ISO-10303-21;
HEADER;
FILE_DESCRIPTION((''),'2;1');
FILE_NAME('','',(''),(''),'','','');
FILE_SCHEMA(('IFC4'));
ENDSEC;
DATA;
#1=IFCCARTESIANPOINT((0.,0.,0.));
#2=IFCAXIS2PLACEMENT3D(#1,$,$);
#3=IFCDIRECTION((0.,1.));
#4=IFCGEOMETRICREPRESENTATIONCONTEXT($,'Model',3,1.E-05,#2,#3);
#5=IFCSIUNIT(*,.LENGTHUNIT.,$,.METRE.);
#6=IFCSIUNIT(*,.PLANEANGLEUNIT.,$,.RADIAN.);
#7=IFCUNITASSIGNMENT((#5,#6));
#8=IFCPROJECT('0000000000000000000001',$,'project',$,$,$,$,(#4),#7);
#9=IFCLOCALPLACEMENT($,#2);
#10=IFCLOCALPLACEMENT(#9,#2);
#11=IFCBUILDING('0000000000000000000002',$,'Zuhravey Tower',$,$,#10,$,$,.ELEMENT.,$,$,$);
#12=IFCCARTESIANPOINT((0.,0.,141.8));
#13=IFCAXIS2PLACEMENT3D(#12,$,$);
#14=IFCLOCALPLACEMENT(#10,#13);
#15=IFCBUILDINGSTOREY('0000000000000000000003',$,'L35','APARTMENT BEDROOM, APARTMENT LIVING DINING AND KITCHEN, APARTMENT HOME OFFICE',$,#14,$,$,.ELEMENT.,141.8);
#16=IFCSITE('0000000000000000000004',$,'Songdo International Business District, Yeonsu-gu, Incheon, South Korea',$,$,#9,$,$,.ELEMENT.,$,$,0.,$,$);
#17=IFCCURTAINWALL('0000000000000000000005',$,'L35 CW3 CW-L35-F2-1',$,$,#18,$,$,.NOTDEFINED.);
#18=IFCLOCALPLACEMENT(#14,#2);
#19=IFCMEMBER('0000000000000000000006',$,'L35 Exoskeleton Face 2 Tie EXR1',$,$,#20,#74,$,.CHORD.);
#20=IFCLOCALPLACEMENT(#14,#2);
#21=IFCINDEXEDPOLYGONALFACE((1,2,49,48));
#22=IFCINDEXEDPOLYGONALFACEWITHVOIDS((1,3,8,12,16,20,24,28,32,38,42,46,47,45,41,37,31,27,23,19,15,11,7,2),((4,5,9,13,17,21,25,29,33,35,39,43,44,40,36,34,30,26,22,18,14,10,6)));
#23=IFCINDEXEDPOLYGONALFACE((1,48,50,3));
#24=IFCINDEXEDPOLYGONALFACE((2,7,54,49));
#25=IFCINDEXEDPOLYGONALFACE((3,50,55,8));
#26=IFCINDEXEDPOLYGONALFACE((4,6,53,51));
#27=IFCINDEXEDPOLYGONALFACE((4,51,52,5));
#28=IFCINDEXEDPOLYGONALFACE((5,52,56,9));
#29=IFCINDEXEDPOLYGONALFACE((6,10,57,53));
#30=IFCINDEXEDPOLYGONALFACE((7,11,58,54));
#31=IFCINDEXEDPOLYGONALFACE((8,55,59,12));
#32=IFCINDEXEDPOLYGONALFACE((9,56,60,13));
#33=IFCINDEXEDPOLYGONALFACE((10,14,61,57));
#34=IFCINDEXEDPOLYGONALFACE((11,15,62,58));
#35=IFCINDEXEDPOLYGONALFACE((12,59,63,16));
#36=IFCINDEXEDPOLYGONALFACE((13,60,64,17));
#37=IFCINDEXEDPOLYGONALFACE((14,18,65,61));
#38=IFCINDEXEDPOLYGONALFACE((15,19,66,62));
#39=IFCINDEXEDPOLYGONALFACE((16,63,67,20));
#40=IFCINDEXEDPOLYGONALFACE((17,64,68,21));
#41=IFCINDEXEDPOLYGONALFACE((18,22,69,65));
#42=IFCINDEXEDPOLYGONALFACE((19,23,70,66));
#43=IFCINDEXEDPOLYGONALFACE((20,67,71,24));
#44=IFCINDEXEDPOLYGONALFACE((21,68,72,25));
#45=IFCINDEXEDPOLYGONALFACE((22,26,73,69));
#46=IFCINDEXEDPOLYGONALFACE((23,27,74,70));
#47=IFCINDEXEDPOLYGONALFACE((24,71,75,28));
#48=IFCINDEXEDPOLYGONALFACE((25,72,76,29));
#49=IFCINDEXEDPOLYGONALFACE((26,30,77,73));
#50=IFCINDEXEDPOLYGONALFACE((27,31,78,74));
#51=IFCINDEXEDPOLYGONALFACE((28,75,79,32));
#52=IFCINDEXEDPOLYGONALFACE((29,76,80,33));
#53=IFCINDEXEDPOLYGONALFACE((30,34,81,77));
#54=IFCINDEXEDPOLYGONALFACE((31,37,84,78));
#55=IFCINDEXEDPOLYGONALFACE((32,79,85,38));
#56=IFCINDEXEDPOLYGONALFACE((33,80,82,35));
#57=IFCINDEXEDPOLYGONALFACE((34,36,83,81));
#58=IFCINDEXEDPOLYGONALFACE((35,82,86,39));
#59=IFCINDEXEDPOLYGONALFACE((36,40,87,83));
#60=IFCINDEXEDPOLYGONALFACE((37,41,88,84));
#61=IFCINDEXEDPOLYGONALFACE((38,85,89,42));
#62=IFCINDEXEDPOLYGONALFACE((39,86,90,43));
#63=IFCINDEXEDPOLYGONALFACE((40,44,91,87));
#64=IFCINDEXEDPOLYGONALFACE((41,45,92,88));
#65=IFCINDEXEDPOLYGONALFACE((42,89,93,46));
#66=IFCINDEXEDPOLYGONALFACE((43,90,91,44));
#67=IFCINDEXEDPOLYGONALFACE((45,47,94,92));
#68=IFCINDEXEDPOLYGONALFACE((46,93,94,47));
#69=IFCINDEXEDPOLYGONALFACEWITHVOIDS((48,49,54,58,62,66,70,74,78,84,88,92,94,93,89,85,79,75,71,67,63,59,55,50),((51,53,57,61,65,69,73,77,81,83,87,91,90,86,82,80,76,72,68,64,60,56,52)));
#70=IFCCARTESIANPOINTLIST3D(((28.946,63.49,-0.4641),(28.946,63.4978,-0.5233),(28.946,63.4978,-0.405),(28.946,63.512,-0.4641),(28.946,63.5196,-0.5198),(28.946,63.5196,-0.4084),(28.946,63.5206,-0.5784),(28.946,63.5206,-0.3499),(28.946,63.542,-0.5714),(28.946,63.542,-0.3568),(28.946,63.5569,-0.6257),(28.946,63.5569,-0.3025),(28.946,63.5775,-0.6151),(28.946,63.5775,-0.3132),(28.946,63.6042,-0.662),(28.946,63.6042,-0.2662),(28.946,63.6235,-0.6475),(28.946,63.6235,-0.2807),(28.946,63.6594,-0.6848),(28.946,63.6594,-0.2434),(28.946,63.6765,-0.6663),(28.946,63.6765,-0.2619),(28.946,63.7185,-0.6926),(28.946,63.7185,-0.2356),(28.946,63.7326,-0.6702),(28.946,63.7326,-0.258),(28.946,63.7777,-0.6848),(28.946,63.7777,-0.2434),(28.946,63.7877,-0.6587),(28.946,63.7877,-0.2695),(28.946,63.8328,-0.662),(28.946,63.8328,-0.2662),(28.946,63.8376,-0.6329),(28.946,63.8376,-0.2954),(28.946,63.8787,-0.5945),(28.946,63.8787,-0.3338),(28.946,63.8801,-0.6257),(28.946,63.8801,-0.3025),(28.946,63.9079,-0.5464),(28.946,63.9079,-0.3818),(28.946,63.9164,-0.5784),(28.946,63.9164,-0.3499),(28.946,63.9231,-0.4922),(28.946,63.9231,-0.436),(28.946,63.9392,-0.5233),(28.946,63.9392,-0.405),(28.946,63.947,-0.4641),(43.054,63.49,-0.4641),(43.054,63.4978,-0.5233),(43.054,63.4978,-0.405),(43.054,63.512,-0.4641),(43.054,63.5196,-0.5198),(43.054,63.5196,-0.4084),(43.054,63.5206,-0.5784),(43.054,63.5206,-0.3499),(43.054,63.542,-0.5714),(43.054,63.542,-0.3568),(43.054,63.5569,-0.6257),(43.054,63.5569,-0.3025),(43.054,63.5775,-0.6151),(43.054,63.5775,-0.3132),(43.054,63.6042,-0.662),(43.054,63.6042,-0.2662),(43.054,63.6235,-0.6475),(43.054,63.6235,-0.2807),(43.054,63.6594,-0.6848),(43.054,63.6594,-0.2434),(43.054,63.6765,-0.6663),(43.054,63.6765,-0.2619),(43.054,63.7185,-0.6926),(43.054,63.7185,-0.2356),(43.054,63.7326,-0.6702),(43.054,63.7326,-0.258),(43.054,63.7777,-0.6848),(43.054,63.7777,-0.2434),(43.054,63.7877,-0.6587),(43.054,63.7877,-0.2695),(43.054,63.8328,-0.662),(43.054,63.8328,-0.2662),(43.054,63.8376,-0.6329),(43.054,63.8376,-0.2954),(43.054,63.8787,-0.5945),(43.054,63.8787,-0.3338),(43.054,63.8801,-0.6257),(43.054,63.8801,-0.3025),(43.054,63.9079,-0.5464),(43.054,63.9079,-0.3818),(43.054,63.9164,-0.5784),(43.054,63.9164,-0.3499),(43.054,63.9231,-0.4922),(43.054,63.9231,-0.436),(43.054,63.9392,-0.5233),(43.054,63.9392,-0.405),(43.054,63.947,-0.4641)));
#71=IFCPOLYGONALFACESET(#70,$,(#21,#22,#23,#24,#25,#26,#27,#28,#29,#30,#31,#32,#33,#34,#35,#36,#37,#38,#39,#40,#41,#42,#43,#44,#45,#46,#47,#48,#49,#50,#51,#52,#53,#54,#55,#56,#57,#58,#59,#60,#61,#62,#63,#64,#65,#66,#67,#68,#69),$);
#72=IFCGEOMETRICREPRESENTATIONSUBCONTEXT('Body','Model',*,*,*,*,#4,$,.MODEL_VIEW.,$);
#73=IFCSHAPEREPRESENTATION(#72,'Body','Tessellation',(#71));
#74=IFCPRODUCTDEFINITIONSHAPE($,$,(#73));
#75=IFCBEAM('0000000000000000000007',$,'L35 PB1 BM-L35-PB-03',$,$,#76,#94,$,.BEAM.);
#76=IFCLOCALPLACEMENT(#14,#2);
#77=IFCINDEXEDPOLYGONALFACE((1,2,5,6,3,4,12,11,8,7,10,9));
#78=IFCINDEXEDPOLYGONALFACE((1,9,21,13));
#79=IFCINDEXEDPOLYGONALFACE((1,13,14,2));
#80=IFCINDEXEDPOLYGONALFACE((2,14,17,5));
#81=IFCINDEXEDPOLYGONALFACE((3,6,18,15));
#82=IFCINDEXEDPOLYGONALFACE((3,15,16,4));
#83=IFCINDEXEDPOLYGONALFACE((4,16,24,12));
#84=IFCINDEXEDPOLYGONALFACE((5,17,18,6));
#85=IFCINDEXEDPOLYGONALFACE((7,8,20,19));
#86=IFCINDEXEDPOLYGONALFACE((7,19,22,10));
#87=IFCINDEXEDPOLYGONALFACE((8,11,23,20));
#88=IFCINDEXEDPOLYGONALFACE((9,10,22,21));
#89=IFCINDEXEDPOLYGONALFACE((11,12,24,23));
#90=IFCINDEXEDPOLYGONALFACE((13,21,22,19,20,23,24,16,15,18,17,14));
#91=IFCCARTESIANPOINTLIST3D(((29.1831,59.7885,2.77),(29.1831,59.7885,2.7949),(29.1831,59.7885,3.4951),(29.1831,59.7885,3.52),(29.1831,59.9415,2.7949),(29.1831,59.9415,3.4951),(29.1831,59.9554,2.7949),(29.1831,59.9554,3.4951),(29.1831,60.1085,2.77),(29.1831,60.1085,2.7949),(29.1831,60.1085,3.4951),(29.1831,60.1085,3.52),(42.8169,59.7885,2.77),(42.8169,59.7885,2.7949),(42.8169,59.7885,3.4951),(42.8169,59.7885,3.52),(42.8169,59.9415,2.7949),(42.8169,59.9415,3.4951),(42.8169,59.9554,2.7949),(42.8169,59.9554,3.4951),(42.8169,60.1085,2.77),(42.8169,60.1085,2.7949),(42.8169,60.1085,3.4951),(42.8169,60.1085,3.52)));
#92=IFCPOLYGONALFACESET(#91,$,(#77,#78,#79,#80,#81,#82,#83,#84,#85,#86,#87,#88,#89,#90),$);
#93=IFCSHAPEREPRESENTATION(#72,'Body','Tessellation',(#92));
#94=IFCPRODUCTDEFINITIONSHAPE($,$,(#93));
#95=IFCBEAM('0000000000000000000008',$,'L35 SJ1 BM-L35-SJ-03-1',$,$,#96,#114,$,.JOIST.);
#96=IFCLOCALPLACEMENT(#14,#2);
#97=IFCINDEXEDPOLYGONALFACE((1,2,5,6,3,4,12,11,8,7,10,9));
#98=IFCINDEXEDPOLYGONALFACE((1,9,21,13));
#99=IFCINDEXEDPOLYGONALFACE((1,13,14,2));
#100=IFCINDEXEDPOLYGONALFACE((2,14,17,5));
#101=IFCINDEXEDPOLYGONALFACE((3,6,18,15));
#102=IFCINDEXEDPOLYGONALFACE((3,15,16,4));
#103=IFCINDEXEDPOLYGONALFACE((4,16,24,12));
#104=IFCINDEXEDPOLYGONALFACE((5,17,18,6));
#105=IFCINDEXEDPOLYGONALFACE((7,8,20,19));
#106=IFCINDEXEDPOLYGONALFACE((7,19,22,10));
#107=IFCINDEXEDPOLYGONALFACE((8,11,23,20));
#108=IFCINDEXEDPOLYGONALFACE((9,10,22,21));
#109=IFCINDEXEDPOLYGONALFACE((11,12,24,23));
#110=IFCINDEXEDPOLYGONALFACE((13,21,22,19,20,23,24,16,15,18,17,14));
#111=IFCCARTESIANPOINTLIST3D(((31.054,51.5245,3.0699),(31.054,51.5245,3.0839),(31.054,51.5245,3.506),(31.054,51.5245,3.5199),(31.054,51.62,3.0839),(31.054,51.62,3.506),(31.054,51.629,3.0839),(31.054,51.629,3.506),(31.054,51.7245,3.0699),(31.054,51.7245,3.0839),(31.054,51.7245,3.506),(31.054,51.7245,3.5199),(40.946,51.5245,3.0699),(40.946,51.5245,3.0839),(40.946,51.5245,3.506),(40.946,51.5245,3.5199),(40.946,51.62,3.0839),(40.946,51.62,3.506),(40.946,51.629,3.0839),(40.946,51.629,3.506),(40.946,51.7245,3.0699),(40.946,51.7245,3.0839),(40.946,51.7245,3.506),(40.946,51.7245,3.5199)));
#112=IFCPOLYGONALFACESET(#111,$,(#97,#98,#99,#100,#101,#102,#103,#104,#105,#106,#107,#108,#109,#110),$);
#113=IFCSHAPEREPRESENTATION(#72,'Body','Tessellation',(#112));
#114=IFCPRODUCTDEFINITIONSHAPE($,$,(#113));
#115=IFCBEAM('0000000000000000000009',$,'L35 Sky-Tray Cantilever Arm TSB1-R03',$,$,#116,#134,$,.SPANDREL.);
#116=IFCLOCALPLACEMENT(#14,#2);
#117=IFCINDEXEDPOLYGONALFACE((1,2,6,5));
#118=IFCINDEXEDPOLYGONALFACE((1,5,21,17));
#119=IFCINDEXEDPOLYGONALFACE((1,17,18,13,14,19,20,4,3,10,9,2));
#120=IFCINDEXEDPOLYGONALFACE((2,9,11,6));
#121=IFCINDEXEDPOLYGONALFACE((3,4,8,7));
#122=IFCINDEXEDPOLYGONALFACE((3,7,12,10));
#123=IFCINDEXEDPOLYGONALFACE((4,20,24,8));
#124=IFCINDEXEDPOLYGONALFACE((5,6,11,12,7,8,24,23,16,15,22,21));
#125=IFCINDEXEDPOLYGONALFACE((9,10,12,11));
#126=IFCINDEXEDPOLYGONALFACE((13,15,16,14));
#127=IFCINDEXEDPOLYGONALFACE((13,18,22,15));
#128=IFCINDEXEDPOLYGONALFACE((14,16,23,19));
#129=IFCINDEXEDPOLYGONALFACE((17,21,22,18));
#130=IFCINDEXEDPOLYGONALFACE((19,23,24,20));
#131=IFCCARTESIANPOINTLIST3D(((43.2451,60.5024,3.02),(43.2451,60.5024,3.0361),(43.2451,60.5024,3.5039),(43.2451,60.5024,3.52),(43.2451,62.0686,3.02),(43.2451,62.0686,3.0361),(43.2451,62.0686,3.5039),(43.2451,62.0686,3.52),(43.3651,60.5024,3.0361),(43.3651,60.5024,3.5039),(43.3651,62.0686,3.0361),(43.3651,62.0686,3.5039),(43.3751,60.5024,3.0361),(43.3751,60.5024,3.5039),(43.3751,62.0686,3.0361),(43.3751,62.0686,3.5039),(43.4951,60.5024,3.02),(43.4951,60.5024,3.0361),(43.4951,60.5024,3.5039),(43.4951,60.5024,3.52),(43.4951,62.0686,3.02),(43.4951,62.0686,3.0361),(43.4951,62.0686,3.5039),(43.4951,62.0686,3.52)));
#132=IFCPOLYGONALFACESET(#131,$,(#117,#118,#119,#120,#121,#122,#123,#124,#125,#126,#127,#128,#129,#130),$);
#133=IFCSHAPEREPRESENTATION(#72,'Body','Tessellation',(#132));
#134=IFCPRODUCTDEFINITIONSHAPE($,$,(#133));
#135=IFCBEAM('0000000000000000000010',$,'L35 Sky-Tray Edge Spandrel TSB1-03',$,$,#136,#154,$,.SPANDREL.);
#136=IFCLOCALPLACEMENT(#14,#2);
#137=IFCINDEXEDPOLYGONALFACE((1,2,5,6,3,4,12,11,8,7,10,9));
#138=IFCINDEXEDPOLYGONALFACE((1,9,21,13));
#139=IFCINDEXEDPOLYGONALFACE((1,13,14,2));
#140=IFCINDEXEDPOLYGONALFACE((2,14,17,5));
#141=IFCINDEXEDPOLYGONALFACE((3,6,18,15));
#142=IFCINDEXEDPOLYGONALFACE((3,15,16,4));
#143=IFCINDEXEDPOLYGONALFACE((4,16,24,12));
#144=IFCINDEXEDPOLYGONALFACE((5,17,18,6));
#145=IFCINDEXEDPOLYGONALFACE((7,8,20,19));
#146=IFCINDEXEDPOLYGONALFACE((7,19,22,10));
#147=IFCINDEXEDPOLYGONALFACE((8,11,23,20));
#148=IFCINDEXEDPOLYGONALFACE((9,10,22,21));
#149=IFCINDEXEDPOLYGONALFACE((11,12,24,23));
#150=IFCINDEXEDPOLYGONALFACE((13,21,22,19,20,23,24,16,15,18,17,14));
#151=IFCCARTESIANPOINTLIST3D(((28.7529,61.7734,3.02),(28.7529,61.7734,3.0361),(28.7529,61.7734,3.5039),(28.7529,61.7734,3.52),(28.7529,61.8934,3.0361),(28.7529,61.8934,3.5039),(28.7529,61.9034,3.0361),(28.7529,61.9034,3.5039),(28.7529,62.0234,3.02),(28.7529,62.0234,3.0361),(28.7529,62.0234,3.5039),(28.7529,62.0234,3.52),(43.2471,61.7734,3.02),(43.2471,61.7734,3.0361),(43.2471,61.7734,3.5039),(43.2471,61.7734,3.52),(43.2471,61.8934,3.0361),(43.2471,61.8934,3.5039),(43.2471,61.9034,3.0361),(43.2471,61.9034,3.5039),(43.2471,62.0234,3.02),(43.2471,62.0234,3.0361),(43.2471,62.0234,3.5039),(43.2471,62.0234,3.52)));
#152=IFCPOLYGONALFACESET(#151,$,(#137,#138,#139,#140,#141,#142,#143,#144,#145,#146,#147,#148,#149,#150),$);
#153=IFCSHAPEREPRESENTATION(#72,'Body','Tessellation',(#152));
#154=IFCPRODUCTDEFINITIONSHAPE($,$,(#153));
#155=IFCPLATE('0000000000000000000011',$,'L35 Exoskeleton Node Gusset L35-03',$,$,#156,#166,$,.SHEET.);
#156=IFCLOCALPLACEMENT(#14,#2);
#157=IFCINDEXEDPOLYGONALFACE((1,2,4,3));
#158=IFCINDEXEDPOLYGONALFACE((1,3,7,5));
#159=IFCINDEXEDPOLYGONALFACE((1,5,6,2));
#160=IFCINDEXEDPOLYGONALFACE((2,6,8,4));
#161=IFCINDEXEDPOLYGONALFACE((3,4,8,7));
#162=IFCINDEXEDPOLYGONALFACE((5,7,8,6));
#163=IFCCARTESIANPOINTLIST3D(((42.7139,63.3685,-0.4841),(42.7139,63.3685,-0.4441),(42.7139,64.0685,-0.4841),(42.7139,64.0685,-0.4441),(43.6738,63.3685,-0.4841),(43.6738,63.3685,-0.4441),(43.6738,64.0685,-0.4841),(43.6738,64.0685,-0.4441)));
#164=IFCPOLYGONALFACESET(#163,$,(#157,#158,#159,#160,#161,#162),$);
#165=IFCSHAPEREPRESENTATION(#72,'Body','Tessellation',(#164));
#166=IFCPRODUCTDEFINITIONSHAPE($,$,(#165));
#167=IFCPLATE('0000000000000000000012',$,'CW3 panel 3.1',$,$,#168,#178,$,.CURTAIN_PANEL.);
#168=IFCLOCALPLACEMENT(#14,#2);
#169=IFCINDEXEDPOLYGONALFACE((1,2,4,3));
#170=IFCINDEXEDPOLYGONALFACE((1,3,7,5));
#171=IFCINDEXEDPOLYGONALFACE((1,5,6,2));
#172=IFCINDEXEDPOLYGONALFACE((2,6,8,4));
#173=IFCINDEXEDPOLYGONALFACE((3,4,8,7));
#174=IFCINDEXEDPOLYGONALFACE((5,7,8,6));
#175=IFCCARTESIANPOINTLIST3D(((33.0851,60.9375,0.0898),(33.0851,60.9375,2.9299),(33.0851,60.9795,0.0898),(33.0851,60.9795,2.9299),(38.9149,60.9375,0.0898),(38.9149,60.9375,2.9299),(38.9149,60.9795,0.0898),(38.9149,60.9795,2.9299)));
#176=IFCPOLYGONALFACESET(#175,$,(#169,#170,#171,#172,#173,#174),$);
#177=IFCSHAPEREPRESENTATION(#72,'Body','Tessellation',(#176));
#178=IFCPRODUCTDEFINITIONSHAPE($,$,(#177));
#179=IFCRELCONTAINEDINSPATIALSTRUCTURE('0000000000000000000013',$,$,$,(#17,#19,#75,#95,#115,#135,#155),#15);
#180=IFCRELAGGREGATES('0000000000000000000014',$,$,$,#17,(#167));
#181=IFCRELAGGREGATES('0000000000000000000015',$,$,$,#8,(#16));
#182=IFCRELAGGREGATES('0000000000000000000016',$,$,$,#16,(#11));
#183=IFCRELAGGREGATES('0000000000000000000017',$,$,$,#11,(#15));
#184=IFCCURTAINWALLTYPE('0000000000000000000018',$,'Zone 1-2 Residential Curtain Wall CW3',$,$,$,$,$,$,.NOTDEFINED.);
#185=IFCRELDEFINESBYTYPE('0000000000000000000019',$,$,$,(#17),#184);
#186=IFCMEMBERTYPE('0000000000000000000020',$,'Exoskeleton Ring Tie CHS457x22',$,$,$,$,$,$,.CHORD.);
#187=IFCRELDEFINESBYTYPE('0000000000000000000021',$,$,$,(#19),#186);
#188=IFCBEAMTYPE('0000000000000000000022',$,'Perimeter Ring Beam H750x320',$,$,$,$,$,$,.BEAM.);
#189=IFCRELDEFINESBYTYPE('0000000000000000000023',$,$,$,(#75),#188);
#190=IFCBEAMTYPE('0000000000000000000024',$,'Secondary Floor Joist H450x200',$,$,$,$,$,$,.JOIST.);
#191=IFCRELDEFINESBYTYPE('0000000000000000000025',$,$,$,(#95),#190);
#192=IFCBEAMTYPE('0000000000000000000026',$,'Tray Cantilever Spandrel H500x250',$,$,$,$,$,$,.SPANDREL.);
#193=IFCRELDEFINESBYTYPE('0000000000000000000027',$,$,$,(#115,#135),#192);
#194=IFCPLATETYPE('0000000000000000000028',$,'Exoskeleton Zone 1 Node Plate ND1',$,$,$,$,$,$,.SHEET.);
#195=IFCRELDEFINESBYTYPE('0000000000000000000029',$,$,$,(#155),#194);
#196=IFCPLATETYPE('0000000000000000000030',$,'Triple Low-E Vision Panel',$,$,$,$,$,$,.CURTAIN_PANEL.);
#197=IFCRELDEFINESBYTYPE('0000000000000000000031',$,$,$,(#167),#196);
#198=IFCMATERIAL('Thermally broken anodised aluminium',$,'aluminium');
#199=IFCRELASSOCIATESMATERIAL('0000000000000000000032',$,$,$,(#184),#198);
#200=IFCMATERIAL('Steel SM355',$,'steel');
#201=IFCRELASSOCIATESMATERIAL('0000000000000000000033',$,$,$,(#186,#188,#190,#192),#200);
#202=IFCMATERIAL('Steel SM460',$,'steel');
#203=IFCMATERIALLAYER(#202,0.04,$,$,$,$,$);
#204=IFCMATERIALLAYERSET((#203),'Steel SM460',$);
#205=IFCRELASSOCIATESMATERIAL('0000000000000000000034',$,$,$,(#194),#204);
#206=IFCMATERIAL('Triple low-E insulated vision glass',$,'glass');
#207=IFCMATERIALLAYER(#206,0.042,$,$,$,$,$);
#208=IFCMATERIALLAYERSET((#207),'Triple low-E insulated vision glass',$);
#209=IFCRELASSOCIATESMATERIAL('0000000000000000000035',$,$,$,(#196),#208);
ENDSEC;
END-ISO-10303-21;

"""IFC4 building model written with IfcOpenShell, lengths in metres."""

from ifc_helpers import new_model, si_unit, direction, frame, origin, origin_2d, place, context, subcontext, project, spatial, rectangle, hollow_circle, i_section, extrude, material, layer, layer_set, material_profile, profile_set, type_object, element, aggregate, save


model = new_model("IFC4")

# Units and contexts
model_context = context("Model", 3, precision=1e-05, world=origin(), true_north=direction((0.0, 1.0)))
body_context = subcontext(model_context, "Body", "Model", "MODEL_VIEW")
ifc_project = project(units=[si_unit("LENGTHUNIT", "METRE"), si_unit("PLANEANGLEUNIT", "RADIAN")], contexts=[model_context])

# Site, building, storey
site_placement = place(None, origin())
site = spatial("IfcSite", under=ifc_project, at=site_placement, Name="Songdo International Business District, Yeonsu-gu, Incheon, South Korea", CompositionType="ELEMENT", RefElevation=0.0)
building_placement = place(site_placement, origin())
building = spatial("IfcBuilding", under=site, at=building_placement, Name="Zuhravey Tower", CompositionType="ELEMENT")
storey_placement = place(building_placement, frame((0.0, 0.0, 141.8)))
storey = spatial("IfcBuildingStorey", under=building, at=storey_placement, Name="L35", Description="APARTMENT BEDROOM, APARTMENT LIVING DINING AND KITCHEN, APARTMENT HOME OFFICE", CompositionType="ELEMENT", Elevation=141.8)

# Curtain wall
ifc_material_1 = material(Name="Thermally broken anodised aluminium", Category="aluminium")
curtain_wall_type = type_object("IfcCurtainWallType", Name="Zone 1-2 Residential Curtain Wall CW3", PredefinedType="NOTDEFINED", material=ifc_material_1)
curtain_wall_placement = place(storey_placement, origin())
curtain_wall = element("IfcCurtainWall", 1, at=curtain_wall_placement, inside=storey, type_object=curtain_wall_type, Name="L35 CW3 CW-L35-F2-1", PredefinedType="NOTDEFINED")

# Shared definitions
ifc_material_2 = material(Name="Steel SM460", Category="steel")

# Member
ifc_material_3 = material(Name="Steel SM355", Category="steel")
ifc_material_profile_1 = material_profile(ifc_material_3, hollow_circle(Radius=0.2285, WallThickness=0.022, at=origin_2d()), Name="CHS-457.2x22")
ifc_profile_set_1 = profile_set([ifc_material_profile_1], Name="Steel SM355")
member_type_1 = type_object("IfcMemberType", Name="Exoskeleton Ring Tie CHS457x22", PredefinedType="CHORD", material=ifc_profile_set_1)
member_1_placement = place(storey_placement, frame((43.054, 63.7185, -0.4641), z_axis=(-1.0, 0.0, 0.0), x_axis=(0.0, -1.0, 0.0)))
element("IfcMember", 2, at=member_1_placement, inside=storey, type_object=member_type_1, Name="L35 Exoskeleton Face 2 Tie EXR1", PredefinedType="CHORD", context=body_context, shape_type="SweptSolid", body=[
    extrude(hollow_circle(Radius=0.2285, WallThickness=0.022, at=origin_2d()), origin(), (0.0, 0.0, 1.0), 14.1079),
])

# Beams
ifc_material_profile_2 = material_profile(ifc_material_3, i_section(OverallWidth=0.3201, OverallDepth=0.75, WebThickness=0.0139, FlangeThickness=0.0249, at=origin_2d()), Name="H-750x320x14x25")
ifc_profile_set_2 = profile_set([ifc_material_profile_2], Name="Steel SM355")
beam_type_1 = type_object("IfcBeamType", Name="Perimeter Ring Beam H750x320", PredefinedType="BEAM", material=ifc_profile_set_2)
beam_1_placement = place(storey_placement, frame((42.8169, 59.9485, 3.145), z_axis=(-1.0, 0.0, 0.0), x_axis=(0.0, -1.0, 0.0)))
element("IfcBeam", 3, at=beam_1_placement, inside=storey, type_object=beam_type_1, Name="L35 PB1 BM-L35-PB-03", PredefinedType="BEAM", context=body_context, shape_type="SweptSolid", body=[
    extrude(i_section(OverallWidth=0.3201, OverallDepth=0.75, WebThickness=0.0139, FlangeThickness=0.0249, at=origin_2d()), origin(), (0.0, 0.0, 1.0), 13.6338),
])
ifc_material_profile_3 = material_profile(ifc_material_3, i_section(OverallWidth=0.2, OverallDepth=0.45, WebThickness=0.009, FlangeThickness=0.0139, at=origin_2d()), Name="H-450x200x9x14")
ifc_profile_set_3 = profile_set([ifc_material_profile_3], Name="Steel SM355")
beam_type_2 = type_object("IfcBeamType", Name="Secondary Floor Joist H450x200", PredefinedType="JOIST", material=ifc_profile_set_3)
beam_2_placement = place(storey_placement, frame((40.946, 51.6245, 3.2949), z_axis=(-1.0, 0.0, 0.0), x_axis=(0.0, -1.0, 0.0)))
element("IfcBeam", 4, at=beam_2_placement, inside=storey, type_object=beam_type_2, Name="L35 SJ1 BM-L35-SJ-03-1", PredefinedType="JOIST", context=body_context, shape_type="SweptSolid", body=[
    extrude(i_section(OverallWidth=0.2, OverallDepth=0.45, WebThickness=0.009, FlangeThickness=0.0139, at=origin_2d()), origin(), (0.0, 0.0, 1.0), 9.8921),
])
ifc_material_profile_4 = material_profile(ifc_material_3, i_section(OverallWidth=0.25, OverallDepth=0.5, WebThickness=0.01, FlangeThickness=0.0161, at=origin_2d()), Name="H-500x250x10x16")
ifc_profile_set_4 = profile_set([ifc_material_profile_4], Name="Steel SM355")
beam_type_3 = type_object("IfcBeamType", Name="Tray Cantilever Spandrel H500x250", PredefinedType="SPANDREL", material=ifc_profile_set_4)
beam_3_placement = place(storey_placement, frame((43.3701, 60.5024, 3.27), z_axis=(0.0, 1.0, 0.0), x_axis=(-1.0, 0.0, 0.0)))
element("IfcBeam", 5, at=beam_3_placement, inside=storey, type_object=beam_type_3, Name="L35 Sky-Tray Cantilever Arm TSB1-R03", PredefinedType="SPANDREL", context=body_context, shape_type="SweptSolid", body=[
    extrude(i_section(OverallWidth=0.25, OverallDepth=0.5, WebThickness=0.01, FlangeThickness=0.0161, at=origin_2d()), origin(), (0.0, 0.0, 1.0), 1.5662),
])
beam_4_placement = place(storey_placement, frame((43.2471, 61.8984, 3.27), z_axis=(-1.0, 0.0, 0.0), x_axis=(0.0, -1.0, 0.0)))
element("IfcBeam", 6, at=beam_4_placement, inside=storey, type_object=beam_type_3, Name="L35 Sky-Tray Edge Spandrel TSB1-03", PredefinedType="SPANDREL", context=body_context, shape_type="SweptSolid", body=[
    extrude(i_section(OverallWidth=0.25, OverallDepth=0.5, WebThickness=0.01, FlangeThickness=0.0161, at=origin_2d()), origin(), (0.0, 0.0, 1.0), 14.4941),
])

# Plates
ifc_layer_1 = layer(ifc_material_2, 0.04)
ifc_layer_set_1 = layer_set([ifc_layer_1], Name="Steel SM460")
plate_type_1 = type_object("IfcPlateType", Name="Exoskeleton Zone 1 Node Plate ND1", PredefinedType="SHEET", material=ifc_layer_set_1)
plate_1_placement = place(storey_placement, frame((43.1938, 63.7185, -0.4841), z_axis=(0.0, 0.0, 1.0), x_axis=(-1.0, 0.0, 0.0)))
element("IfcPlate", 7, at=plate_1_placement, inside=storey, type_object=plate_type_1, Name="L35 Exoskeleton Node Gusset L35-03", PredefinedType="SHEET", context=body_context, shape_type="SweptSolid", body=[
    extrude(rectangle(XDim=0.96, YDim=0.7, at=origin_2d()), origin(), (0.0, 0.0, 1.0), 0.04),
])
ifc_material_4 = material(Name="Triple low-E insulated vision glass", Category="glass")
ifc_layer_2 = layer(ifc_material_4, 0.042)
ifc_layer_set_2 = layer_set([ifc_layer_2], Name="Triple low-E insulated vision glass")
plate_type_2 = type_object("IfcPlateType", Name="Triple Low-E Vision Panel", PredefinedType="CURTAIN_PANEL", material=ifc_layer_set_2)
plate_2_placement = place(storey_placement, frame((36.0, 60.9585, 0.0898), z_axis=(0.0, 0.0, 1.0), x_axis=(1.0, 0.0, 0.0)))
plate_2 = element("IfcPlate", 8, at=plate_2_placement, type_object=plate_type_2, Name="CW3 panel 3.1", PredefinedType="CURTAIN_PANEL", context=body_context, shape_type="SweptSolid", body=[
    extrude(rectangle(XDim=5.8298, YDim=0.042, at=origin_2d()), origin(), (0.0, 0.0, 1.0), 2.8401),
])
aggregate(curtain_wall, [plate_2])

save(model, "model.ifc")
